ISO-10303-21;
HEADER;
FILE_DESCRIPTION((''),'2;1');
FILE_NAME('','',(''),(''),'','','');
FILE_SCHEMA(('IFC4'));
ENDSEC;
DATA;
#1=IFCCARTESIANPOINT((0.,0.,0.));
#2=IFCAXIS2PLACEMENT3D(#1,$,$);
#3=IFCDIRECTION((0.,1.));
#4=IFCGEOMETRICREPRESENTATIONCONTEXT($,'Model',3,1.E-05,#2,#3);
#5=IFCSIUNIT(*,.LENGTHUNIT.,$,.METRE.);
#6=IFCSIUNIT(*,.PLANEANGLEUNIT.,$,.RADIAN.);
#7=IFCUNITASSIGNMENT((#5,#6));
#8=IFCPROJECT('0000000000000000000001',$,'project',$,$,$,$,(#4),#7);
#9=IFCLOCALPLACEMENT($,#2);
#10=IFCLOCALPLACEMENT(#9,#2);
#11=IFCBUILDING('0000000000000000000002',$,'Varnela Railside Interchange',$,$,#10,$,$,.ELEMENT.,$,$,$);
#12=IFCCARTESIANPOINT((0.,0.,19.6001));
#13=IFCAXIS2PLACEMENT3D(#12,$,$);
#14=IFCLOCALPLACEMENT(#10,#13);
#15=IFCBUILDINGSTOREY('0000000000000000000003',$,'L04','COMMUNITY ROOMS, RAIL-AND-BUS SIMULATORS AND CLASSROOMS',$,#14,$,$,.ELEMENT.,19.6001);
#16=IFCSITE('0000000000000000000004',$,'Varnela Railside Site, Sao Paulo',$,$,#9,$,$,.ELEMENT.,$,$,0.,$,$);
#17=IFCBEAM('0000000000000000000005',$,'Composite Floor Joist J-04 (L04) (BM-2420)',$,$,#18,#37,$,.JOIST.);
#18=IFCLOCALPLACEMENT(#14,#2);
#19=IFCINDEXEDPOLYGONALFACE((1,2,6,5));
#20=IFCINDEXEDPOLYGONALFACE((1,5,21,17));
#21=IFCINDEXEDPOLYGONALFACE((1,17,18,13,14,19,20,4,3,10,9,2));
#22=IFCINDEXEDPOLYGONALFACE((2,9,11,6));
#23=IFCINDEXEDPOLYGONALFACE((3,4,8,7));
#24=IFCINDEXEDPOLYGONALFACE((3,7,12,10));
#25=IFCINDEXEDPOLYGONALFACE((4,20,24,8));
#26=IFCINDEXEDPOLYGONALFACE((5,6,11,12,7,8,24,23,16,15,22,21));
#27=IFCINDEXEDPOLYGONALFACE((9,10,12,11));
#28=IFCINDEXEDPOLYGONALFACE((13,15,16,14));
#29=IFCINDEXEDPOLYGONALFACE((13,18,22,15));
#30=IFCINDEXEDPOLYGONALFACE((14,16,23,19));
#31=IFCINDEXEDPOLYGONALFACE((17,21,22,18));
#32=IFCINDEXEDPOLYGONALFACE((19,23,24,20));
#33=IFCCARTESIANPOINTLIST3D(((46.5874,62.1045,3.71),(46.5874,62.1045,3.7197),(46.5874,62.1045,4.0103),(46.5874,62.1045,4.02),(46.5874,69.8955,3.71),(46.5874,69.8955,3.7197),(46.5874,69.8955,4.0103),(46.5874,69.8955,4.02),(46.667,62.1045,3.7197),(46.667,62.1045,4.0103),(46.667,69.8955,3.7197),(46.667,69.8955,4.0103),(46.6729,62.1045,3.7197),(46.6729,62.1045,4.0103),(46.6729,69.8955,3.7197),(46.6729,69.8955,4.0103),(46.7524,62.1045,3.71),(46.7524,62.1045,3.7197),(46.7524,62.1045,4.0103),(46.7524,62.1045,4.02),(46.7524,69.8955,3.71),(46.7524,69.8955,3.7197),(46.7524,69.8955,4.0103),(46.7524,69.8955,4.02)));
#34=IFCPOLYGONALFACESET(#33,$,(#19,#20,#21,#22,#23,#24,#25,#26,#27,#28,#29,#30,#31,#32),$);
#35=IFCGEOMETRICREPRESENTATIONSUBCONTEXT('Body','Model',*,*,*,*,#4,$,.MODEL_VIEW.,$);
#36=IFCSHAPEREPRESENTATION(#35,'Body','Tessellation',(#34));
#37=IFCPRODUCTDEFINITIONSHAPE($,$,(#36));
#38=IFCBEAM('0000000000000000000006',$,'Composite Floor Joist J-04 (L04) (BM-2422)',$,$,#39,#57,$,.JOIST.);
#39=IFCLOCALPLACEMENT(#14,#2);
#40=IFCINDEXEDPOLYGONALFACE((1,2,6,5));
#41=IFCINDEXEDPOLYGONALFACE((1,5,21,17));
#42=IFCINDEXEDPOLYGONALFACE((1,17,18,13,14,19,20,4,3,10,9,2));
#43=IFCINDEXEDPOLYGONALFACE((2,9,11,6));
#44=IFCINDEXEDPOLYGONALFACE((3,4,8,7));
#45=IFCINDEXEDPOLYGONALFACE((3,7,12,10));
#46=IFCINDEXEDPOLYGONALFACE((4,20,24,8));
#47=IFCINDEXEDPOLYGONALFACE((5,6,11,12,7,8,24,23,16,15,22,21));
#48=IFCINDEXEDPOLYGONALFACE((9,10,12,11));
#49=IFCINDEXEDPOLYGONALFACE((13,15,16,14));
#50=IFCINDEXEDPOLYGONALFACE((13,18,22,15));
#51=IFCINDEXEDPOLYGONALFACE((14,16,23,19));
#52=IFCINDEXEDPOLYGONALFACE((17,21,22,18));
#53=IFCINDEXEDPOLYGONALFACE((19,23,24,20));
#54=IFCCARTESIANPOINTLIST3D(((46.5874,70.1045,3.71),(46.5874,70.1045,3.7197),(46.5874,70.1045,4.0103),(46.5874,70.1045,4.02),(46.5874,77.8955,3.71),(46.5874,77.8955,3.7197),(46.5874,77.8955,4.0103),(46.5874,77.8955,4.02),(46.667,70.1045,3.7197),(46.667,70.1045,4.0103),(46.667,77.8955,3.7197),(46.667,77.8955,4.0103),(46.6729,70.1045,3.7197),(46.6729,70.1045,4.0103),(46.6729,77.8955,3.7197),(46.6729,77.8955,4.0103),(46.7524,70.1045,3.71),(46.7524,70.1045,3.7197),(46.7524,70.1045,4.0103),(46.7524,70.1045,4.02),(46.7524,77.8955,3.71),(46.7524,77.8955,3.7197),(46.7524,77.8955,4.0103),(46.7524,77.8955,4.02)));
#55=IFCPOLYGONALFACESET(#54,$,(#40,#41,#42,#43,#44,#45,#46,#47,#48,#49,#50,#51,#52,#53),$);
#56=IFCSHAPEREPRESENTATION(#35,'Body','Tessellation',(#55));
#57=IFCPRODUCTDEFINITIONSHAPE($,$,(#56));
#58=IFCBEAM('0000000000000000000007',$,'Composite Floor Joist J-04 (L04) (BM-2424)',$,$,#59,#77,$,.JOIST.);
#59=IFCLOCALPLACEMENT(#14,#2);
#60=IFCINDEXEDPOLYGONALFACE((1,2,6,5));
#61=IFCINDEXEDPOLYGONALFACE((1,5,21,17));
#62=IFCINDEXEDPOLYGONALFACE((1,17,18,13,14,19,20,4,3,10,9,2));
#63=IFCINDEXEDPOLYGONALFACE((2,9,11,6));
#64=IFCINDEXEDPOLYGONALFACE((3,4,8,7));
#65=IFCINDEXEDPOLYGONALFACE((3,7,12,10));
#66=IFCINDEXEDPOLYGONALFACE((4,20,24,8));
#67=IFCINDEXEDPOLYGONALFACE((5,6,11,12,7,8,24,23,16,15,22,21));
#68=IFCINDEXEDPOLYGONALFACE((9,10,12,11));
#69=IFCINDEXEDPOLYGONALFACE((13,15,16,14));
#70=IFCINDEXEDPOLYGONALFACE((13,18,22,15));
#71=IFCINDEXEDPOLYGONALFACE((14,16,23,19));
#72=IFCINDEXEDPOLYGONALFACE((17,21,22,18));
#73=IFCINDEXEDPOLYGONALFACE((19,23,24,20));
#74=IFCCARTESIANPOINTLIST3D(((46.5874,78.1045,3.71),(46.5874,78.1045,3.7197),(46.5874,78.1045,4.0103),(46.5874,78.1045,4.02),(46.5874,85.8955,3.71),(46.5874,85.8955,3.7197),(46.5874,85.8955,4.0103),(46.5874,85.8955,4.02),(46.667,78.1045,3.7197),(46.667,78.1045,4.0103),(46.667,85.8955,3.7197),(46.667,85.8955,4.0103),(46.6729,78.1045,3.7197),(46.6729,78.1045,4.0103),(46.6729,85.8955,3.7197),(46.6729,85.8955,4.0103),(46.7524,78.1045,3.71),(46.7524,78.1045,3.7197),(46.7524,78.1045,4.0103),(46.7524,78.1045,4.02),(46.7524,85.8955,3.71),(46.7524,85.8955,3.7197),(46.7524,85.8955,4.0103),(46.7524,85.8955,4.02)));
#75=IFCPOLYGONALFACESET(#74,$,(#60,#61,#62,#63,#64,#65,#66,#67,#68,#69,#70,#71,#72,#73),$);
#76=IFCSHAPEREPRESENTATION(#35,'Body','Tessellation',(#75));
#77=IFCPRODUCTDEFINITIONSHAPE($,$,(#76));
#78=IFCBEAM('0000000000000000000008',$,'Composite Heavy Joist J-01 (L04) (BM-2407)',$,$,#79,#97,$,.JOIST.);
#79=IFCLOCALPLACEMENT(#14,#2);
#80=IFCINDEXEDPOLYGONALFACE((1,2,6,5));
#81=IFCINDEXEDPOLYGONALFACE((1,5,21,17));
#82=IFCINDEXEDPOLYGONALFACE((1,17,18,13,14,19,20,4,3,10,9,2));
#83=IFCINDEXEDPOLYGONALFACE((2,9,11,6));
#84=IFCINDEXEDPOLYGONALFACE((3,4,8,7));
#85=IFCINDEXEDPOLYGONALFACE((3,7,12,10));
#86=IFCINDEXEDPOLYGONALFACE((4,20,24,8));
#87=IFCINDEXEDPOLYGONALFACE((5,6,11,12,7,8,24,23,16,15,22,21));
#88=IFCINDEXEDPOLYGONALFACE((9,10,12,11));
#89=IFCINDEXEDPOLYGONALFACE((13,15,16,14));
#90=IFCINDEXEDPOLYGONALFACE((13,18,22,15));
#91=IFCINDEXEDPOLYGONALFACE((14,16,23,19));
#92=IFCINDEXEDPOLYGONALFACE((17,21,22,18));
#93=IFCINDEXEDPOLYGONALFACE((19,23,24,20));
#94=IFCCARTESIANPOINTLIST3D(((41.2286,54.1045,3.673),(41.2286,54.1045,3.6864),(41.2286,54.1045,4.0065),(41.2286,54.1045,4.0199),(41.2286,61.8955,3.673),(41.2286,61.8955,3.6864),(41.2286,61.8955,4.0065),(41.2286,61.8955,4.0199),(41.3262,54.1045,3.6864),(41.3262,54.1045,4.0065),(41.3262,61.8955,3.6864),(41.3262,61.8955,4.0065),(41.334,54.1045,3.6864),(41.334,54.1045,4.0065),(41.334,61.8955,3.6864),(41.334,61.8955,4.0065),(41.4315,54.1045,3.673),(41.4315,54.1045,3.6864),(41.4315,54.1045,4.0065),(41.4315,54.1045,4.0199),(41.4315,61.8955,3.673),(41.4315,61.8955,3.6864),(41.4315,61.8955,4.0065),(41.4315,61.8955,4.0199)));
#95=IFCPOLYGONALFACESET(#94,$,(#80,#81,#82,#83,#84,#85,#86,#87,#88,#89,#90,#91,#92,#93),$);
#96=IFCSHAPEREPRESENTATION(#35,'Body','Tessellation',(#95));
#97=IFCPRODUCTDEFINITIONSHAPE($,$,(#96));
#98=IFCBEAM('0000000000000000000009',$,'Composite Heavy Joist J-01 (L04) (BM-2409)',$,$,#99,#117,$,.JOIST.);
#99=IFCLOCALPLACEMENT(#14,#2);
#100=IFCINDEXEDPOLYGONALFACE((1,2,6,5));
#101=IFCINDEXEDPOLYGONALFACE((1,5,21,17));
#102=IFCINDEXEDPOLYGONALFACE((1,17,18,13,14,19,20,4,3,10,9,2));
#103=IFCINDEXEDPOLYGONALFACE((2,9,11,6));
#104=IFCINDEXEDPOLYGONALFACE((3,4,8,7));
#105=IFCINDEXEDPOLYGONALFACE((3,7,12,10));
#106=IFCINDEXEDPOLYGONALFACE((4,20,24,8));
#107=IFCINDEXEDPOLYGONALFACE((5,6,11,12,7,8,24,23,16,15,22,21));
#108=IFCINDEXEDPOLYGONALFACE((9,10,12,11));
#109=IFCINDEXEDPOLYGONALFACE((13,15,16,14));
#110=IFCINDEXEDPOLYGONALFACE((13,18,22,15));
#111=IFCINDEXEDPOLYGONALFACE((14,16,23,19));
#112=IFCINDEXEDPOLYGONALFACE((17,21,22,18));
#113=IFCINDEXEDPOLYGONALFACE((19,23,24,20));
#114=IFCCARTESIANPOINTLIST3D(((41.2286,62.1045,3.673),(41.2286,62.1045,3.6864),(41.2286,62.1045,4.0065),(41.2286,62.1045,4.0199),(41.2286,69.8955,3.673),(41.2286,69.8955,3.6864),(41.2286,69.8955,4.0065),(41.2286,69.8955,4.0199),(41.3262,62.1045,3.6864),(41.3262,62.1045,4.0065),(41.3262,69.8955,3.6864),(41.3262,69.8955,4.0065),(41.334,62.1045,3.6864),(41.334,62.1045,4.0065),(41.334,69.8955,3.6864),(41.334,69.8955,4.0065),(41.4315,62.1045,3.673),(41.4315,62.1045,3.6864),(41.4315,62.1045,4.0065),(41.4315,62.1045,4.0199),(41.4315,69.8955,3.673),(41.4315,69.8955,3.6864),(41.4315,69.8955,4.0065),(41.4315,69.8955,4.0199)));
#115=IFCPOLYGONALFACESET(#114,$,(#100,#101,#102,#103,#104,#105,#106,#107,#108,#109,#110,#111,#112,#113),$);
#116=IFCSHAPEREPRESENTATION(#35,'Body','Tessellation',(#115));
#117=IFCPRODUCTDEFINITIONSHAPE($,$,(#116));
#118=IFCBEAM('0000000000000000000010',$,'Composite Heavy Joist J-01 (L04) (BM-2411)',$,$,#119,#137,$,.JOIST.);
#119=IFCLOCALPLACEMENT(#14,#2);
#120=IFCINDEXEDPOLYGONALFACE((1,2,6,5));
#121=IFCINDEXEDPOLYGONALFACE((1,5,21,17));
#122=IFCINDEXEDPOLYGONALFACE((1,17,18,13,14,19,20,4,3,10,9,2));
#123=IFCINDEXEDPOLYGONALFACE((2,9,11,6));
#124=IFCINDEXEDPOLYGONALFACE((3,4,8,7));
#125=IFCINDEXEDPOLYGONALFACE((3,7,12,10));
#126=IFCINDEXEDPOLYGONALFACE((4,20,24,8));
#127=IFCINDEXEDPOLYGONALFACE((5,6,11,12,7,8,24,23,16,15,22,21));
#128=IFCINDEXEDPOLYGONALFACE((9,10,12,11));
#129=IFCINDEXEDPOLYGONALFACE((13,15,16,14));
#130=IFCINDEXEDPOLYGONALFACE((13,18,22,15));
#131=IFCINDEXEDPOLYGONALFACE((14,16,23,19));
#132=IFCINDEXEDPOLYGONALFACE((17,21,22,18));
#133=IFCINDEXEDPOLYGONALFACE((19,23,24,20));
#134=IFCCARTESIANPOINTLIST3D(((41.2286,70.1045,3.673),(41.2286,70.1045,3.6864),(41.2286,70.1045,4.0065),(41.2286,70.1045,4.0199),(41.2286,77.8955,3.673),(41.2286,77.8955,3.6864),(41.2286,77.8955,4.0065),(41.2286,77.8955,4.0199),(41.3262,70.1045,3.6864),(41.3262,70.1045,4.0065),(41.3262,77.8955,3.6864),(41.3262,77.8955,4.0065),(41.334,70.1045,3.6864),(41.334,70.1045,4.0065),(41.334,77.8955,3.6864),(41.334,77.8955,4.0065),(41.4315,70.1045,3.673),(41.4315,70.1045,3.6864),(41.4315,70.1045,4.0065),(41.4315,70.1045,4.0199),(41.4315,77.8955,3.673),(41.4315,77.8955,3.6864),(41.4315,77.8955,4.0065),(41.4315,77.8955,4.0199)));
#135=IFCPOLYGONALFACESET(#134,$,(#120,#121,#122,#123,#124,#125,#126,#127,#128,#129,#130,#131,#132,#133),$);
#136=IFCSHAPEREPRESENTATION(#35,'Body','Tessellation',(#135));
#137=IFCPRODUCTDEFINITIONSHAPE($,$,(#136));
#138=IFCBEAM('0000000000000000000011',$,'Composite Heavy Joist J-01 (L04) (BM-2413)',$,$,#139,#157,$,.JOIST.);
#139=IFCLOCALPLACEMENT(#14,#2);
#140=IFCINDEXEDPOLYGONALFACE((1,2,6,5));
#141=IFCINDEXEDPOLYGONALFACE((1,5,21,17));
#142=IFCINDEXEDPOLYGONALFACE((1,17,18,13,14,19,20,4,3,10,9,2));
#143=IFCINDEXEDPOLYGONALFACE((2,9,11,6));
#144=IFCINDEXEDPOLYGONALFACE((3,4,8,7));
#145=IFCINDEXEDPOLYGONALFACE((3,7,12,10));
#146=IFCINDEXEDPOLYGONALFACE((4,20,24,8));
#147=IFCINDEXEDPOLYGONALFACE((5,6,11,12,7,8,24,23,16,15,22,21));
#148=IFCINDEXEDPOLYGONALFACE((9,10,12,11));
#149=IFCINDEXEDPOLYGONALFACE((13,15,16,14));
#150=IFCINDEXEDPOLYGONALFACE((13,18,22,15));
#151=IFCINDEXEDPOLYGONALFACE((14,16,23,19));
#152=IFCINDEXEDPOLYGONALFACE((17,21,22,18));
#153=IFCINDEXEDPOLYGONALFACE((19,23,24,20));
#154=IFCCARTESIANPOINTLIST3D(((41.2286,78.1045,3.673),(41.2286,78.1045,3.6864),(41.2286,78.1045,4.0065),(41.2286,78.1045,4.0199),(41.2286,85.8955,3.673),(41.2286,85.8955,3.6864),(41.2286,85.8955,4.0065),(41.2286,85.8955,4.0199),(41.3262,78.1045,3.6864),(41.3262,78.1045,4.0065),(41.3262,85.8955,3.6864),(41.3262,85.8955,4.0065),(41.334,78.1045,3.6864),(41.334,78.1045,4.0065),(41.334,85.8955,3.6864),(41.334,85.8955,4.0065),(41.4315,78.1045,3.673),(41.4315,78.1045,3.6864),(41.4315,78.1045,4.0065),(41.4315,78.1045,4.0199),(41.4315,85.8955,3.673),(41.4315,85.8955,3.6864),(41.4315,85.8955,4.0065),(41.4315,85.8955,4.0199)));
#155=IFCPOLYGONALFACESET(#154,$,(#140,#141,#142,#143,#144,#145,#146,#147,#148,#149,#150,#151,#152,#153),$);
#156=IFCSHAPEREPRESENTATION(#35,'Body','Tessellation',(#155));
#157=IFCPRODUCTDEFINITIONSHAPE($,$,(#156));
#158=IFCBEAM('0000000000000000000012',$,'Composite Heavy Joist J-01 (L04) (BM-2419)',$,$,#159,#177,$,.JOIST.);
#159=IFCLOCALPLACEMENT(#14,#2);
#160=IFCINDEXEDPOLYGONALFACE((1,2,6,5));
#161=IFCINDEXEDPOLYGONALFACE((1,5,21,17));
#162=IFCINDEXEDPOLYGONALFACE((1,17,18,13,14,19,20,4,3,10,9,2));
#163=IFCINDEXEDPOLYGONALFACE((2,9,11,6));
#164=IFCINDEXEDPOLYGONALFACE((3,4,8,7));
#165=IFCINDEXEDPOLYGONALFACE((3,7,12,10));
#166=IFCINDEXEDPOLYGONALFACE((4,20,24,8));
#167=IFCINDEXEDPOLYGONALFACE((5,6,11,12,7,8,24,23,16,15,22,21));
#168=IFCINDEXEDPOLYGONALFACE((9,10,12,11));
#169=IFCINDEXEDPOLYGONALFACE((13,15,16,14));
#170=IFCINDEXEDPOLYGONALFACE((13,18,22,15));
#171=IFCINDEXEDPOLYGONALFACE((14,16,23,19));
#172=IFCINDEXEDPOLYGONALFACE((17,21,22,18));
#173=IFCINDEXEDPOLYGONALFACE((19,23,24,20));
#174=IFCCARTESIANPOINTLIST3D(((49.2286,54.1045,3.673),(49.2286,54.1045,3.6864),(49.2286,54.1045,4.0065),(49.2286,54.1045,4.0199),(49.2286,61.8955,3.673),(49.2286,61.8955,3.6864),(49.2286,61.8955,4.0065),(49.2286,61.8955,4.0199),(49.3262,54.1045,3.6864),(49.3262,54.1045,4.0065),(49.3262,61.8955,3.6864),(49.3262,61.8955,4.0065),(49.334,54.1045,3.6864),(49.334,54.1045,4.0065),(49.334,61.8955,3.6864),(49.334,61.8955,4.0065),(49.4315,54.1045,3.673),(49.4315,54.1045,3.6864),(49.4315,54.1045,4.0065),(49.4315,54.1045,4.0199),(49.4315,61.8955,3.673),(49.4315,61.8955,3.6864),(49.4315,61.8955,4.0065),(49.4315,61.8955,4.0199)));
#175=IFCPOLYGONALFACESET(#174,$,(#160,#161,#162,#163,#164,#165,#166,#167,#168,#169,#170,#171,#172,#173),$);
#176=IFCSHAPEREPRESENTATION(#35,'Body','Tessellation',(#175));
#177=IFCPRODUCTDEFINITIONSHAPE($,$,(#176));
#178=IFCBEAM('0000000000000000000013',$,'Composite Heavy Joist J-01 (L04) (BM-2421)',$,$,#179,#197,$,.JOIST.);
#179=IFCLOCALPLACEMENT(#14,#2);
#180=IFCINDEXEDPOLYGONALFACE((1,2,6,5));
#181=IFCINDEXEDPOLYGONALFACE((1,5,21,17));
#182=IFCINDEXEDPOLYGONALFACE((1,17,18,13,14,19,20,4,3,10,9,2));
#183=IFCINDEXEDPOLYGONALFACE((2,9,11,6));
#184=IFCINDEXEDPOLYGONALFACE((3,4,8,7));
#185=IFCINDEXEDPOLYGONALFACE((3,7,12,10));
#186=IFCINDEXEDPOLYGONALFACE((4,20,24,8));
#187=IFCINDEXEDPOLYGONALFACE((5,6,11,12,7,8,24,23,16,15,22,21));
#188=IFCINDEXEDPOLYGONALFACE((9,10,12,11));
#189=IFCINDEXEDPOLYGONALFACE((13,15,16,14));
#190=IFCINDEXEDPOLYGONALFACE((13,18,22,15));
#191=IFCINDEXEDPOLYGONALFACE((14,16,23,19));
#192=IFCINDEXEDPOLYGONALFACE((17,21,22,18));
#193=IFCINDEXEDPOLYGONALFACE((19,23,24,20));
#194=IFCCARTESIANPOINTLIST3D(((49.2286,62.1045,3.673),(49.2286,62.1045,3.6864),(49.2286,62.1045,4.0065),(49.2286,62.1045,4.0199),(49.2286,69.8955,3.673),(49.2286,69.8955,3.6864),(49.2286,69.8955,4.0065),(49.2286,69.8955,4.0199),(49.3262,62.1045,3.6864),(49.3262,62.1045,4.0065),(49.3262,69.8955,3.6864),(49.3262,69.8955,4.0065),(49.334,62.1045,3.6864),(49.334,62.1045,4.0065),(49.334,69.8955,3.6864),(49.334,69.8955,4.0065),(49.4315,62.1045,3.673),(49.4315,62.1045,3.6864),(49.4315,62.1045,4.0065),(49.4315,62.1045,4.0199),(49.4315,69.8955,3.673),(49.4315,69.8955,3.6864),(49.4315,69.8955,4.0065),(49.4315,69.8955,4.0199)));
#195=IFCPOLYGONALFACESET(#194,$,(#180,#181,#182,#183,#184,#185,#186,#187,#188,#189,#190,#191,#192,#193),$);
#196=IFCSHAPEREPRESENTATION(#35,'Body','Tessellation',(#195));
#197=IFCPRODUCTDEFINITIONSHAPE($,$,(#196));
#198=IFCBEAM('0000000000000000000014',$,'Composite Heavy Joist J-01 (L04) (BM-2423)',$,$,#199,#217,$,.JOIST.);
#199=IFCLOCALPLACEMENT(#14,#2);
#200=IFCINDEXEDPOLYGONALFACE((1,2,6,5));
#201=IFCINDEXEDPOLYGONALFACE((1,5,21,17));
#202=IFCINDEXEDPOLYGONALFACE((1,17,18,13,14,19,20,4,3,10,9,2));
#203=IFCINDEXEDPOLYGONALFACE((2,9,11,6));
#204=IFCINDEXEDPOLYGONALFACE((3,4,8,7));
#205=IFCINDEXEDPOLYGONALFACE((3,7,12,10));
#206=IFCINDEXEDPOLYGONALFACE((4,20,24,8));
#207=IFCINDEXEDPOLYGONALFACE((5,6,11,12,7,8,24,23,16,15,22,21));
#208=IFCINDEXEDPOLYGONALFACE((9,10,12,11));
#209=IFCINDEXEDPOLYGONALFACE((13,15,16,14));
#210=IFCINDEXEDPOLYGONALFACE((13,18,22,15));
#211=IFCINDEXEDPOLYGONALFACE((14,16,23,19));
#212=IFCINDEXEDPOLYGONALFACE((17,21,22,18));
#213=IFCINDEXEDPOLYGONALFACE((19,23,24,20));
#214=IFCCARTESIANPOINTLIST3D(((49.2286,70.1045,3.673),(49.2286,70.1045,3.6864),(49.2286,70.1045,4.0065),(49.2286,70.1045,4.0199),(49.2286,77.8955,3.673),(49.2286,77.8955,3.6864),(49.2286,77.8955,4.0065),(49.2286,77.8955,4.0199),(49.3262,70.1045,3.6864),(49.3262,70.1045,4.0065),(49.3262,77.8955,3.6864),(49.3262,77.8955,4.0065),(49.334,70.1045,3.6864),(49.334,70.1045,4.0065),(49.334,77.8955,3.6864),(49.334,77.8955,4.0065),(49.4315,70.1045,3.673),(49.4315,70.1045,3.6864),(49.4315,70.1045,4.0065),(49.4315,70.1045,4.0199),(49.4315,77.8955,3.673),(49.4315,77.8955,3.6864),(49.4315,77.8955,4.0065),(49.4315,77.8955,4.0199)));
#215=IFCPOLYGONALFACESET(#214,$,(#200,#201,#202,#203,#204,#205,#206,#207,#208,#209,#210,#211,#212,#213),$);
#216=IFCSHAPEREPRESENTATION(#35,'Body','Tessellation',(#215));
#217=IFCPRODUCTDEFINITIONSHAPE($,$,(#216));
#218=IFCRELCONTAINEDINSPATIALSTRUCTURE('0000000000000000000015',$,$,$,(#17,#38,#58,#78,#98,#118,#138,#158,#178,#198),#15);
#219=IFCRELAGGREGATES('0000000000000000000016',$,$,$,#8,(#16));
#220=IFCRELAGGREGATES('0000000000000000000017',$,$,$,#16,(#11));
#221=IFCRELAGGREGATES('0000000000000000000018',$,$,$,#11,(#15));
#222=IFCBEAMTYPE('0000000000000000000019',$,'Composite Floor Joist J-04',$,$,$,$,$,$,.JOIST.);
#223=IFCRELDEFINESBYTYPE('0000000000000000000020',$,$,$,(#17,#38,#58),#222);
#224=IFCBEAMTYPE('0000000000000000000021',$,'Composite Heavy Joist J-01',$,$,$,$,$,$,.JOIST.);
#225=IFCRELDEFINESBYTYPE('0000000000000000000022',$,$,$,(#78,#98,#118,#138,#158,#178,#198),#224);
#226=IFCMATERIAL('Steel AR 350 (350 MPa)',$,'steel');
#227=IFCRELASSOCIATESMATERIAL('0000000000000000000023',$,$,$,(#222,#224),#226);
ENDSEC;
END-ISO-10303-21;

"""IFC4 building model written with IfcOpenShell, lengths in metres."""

from ifc_helpers import new_model, si_unit, direction, frame, origin, origin_2d, place, context, subcontext, project, spatial, i_section, extrude, material, material_profile, profile_set, type_object, element, save


model = new_model("IFC4")

# Units and contexts
model_context = context("Model", 3, precision=1e-05, world=origin(), true_north=direction((0.0, 1.0)))
body_context = subcontext(model_context, "Body", "Model", "MODEL_VIEW")
ifc_project = project(units=[si_unit("LENGTHUNIT", "METRE"), si_unit("PLANEANGLEUNIT", "RADIAN")], contexts=[model_context])

# Site, building, storey
site_placement = place(None, origin())
site = spatial("IfcSite", under=ifc_project, at=site_placement, Name="Varnela Railside Site, Sao Paulo", CompositionType="ELEMENT", RefElevation=0.0)
building_placement = place(site_placement, origin())
building = spatial("IfcBuilding", under=site, at=building_placement, Name="Varnela Railside Interchange", CompositionType="ELEMENT")
storey_placement = place(building_placement, frame((0.0, 0.0, 19.6001)))
storey = spatial("IfcBuildingStorey", under=building, at=storey_placement, Name="L04", Description="COMMUNITY ROOMS, RAIL-AND-BUS SIMULATORS AND CLASSROOMS", CompositionType="ELEMENT", Elevation=19.6001)

# Shared definitions
ifc_material_1 = material(Name="Steel AR 350 (350 MPa)", Category="steel")

# Beams
ifc_material_profile_1 = material_profile(ifc_material_1, i_section(OverallWidth=0.165, OverallDepth=0.3101, WebThickness=0.0059, FlangeThickness=0.0098, at=origin_2d()), Name="W310x38.7")
ifc_profile_set_1 = profile_set([ifc_material_profile_1], Name="Steel AR 350 (350 MPa)")
beam_type_1 = type_object("IfcBeamType", Name="Composite Floor Joist J-04", PredefinedType="JOIST", material=ifc_profile_set_1)
for number, where, z_axis, x_axis, name in (
    (1, (46.6699, 62.1045, 3.865), (0.0, 1.0, 0.0), (-1.0, 0.0, 0.0), "Composite Floor Joist J-04 (L04) (BM-2420)"),
    (2, (46.6699, 70.1045, 3.865), (0.0, 1.0, 0.0), (-1.0, 0.0, 0.0), "Composite Floor Joist J-04 (L04) (BM-2422)"),
    (3, (46.6699, 78.1045, 3.865), (0.0, 1.0, 0.0), (-1.0, 0.0, 0.0), "Composite Floor Joist J-04 (L04) (BM-2424)"),
):
    element("IfcBeam", number, at=place(storey_placement, frame(where, z_axis=z_axis, x_axis=x_axis)), inside=storey, type_object=beam_type_1, Name=name, PredefinedType="JOIST", context=body_context, shape_type="SweptSolid", body=[
        extrude(i_section(OverallWidth=0.165, OverallDepth=0.3101, WebThickness=0.0059, FlangeThickness=0.0098, at=origin_2d()), origin(), (0.0, 0.0, 1.0), 7.791),
    ])
ifc_material_profile_2 = material_profile(ifc_material_1, i_section(OverallWidth=0.2029, OverallDepth=0.3469, WebThickness=0.0078, FlangeThickness=0.0134, at=origin_2d()), Name="W360x64")
ifc_profile_set_2 = profile_set([ifc_material_profile_2], Name="Steel AR 350 (350 MPa)")
beam_type_2 = type_object("IfcBeamType", Name="Composite Heavy Joist J-01", PredefinedType="JOIST", material=ifc_profile_set_2)
for number, where, z_axis, x_axis, name in (
    (4, (41.3301, 54.1045, 3.8464), (0.0, 1.0, 0.0), (-1.0, 0.0, 0.0), "Composite Heavy Joist J-01 (L04) (BM-2407)"),
    (5, (41.3301, 62.1045, 3.8464), (0.0, 1.0, 0.0), (-1.0, 0.0, 0.0), "Composite Heavy Joist J-01 (L04) (BM-2409)"),
    (6, (41.3301, 70.1045, 3.8464), (0.0, 1.0, 0.0), (-1.0, 0.0, 0.0), "Composite Heavy Joist J-01 (L04) (BM-2411)"),
    (7, (41.3301, 78.1045, 3.8464), (0.0, 1.0, 0.0), (-1.0, 0.0, 0.0), "Composite Heavy Joist J-01 (L04) (BM-2413)"),
    (8, (49.3301, 54.1045, 3.8464), (0.0, 1.0, 0.0), (-1.0, 0.0, 0.0), "Composite Heavy Joist J-01 (L04) (BM-2419)"),
    (9, (49.3301, 62.1045, 3.8464), (0.0, 1.0, 0.0), (-1.0, 0.0, 0.0), "Composite Heavy Joist J-01 (L04) (BM-2421)"),
    (10, (49.3301, 70.1045, 3.8464), (0.0, 1.0, 0.0), (-1.0, 0.0, 0.0), "Composite Heavy Joist J-01 (L04) (BM-2423)"),
):
    element("IfcBeam", number, at=place(storey_placement, frame(where, z_axis=z_axis, x_axis=x_axis)), inside=storey, type_object=beam_type_2, Name=name, PredefinedType="JOIST", context=body_context, shape_type="SweptSolid", body=[
        extrude(i_section(OverallWidth=0.2029, OverallDepth=0.3469, WebThickness=0.0078, FlangeThickness=0.0134, at=origin_2d()), origin(), (0.0, 0.0, 1.0), 7.791),
    ])

save(model, "model.ifc")
